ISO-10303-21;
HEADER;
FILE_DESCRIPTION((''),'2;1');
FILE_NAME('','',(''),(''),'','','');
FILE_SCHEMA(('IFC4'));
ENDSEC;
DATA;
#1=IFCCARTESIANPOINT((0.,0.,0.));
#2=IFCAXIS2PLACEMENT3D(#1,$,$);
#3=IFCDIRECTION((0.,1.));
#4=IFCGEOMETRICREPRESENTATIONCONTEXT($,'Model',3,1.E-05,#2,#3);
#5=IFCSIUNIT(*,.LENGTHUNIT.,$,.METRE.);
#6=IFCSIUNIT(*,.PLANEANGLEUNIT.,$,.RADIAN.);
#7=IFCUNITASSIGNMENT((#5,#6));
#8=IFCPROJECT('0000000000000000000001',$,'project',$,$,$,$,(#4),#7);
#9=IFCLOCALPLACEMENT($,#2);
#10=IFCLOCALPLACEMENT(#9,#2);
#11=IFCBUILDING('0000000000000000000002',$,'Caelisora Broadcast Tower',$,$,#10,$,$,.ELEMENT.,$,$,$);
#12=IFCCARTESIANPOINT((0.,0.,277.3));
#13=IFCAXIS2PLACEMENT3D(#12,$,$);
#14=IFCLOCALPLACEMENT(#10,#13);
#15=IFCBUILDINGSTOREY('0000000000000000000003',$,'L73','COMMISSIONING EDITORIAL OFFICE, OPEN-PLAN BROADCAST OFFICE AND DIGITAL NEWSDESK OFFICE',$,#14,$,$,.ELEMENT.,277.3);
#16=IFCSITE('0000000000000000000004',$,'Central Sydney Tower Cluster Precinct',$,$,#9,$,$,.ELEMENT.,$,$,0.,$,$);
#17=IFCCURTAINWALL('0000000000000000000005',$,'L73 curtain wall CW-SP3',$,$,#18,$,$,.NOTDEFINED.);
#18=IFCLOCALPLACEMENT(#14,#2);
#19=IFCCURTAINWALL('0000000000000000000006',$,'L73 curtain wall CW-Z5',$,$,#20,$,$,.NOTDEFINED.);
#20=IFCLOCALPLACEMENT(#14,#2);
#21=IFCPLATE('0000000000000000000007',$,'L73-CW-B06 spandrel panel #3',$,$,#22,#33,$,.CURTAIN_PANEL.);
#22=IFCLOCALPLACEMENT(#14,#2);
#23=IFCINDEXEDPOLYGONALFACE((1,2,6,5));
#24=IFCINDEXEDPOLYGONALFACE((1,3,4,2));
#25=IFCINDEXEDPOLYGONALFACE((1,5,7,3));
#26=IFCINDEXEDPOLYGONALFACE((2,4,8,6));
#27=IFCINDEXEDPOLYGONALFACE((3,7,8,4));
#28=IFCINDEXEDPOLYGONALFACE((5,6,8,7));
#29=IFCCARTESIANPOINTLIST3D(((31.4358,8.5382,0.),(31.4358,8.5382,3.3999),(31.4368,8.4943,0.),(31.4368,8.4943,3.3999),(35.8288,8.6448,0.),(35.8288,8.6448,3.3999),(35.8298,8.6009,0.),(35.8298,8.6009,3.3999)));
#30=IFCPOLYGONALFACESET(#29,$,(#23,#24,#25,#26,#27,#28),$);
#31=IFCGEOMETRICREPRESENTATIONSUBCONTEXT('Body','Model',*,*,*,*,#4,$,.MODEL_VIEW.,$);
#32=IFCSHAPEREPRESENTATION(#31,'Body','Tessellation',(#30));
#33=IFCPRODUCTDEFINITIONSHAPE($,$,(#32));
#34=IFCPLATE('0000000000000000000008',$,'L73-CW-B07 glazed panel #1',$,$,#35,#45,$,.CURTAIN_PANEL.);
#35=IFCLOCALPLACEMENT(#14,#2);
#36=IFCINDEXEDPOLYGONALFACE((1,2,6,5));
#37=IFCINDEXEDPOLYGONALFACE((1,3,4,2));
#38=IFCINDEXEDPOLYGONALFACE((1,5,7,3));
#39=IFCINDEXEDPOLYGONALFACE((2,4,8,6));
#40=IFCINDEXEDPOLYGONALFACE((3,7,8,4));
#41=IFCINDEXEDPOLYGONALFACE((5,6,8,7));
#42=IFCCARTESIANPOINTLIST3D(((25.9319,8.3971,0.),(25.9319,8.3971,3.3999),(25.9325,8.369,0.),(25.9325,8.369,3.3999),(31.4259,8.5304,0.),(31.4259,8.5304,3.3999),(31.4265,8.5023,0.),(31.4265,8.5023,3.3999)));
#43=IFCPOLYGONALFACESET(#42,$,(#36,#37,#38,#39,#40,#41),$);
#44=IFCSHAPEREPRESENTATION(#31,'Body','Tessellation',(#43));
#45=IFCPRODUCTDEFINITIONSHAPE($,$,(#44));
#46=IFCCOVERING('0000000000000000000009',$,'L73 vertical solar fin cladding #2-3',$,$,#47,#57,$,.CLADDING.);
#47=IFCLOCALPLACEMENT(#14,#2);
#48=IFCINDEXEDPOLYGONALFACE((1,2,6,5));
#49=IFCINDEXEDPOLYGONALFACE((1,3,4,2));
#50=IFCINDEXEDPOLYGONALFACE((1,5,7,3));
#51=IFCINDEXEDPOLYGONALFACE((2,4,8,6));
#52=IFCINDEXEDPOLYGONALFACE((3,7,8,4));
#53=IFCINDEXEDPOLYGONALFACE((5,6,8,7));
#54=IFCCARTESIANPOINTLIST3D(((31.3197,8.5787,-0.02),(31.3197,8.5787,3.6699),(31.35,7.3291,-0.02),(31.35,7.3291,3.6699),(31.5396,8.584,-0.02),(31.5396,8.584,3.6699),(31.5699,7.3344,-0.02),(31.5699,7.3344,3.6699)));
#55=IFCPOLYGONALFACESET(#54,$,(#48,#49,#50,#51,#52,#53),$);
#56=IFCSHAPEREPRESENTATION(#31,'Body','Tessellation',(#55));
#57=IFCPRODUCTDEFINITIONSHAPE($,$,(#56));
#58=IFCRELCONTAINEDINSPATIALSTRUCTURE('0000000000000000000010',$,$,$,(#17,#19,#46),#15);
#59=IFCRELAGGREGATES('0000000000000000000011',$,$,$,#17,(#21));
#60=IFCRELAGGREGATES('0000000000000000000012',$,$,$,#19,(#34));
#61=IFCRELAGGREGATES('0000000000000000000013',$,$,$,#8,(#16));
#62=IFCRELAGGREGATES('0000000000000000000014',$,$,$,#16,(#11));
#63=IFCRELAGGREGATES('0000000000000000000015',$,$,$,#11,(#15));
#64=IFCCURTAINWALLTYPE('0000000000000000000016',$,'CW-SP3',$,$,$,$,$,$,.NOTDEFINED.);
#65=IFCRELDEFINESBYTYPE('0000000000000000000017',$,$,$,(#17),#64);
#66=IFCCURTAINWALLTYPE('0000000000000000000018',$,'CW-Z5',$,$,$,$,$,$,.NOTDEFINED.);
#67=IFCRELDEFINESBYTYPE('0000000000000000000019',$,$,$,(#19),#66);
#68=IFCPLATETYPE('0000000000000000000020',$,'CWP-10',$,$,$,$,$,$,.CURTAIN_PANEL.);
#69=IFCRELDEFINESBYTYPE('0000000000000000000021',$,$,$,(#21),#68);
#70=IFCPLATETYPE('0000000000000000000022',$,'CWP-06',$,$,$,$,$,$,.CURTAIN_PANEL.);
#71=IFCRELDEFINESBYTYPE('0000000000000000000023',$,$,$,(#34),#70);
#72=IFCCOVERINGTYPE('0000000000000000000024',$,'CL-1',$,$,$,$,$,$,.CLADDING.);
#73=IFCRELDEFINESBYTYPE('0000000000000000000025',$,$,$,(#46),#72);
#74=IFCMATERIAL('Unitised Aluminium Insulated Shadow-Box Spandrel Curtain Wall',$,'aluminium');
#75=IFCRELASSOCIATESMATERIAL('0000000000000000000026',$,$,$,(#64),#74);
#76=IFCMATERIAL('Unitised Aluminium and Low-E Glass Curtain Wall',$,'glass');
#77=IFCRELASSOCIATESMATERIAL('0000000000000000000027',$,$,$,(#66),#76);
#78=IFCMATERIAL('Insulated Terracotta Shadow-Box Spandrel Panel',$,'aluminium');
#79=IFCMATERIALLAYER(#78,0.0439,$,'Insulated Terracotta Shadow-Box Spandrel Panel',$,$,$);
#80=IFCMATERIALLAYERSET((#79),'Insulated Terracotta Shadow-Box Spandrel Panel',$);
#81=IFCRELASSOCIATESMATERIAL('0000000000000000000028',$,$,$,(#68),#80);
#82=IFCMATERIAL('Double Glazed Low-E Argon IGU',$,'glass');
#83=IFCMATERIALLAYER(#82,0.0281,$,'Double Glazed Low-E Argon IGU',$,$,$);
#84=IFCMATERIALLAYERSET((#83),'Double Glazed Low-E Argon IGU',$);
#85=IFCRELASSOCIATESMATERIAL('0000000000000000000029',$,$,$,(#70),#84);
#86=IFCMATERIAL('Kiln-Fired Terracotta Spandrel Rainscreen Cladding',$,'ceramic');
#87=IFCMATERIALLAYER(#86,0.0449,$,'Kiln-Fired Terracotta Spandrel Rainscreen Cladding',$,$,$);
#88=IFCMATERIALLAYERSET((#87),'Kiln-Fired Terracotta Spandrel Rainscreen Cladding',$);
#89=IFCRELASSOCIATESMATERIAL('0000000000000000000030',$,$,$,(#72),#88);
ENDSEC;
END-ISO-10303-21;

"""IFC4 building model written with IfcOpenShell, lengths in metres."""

from ifc_helpers import new_model, si_unit, direction, frame, origin, origin_2d, place, context, subcontext, project, spatial, rectangle, extrude, source, transform, mapped, material, layer, layer_set, type_object, type_shapes, element, aggregate, save


model = new_model("IFC4")

# Units and contexts
model_context = context("Model", 3, precision=1e-05, world=origin(), true_north=direction((0.0, 1.0)))
body_context = subcontext(model_context, "Body", "Model", "MODEL_VIEW")
ifc_project = project(units=[si_unit("LENGTHUNIT", "METRE"), si_unit("PLANEANGLEUNIT", "RADIAN")], contexts=[model_context])

# Site, building, storey
site_placement = place(None, origin())
site = spatial("IfcSite", under=ifc_project, at=site_placement, Name="Central Sydney Tower Cluster Precinct", CompositionType="ELEMENT", RefElevation=0.0)
building_placement = place(site_placement, origin())
building = spatial("IfcBuilding", under=site, at=building_placement, Name="Caelisora Broadcast Tower", CompositionType="ELEMENT")
storey_placement = place(building_placement, frame((0.0, 0.0, 277.3)))
storey = spatial("IfcBuildingStorey", under=building, at=storey_placement, Name="L73", Description="COMMISSIONING EDITORIAL OFFICE, OPEN-PLAN BROADCAST OFFICE AND DIGITAL NEWSDESK OFFICE", CompositionType="ELEMENT", Elevation=277.3)

# Curtain walls
ifc_material_1 = material(Name="Unitised Aluminium Insulated Shadow-Box Spandrel Curtain Wall", Category="aluminium")
curtain_wall_type_1 = type_object("IfcCurtainWallType", Name="CW-SP3", PredefinedType="NOTDEFINED", material=ifc_material_1)
curtain_wall_1_placement = place(storey_placement, origin())
curtain_wall_1 = element("IfcCurtainWall", 1, at=curtain_wall_1_placement, inside=storey, type_object=curtain_wall_type_1, Name="L73 curtain wall CW-SP3", PredefinedType="NOTDEFINED")
ifc_material_2 = material(Name="Unitised Aluminium and Low-E Glass Curtain Wall", Category="glass")
curtain_wall_type_2 = type_object("IfcCurtainWallType", Name="CW-Z5", PredefinedType="NOTDEFINED", material=ifc_material_2)
curtain_wall_2_placement = place(storey_placement, origin())
curtain_wall_2 = element("IfcCurtainWall", 2, at=curtain_wall_2_placement, inside=storey, type_object=curtain_wall_type_2, Name="L73 curtain wall CW-Z5", PredefinedType="NOTDEFINED")

# Plates
ifc_material_3 = material(Name="Insulated Terracotta Shadow-Box Spandrel Panel", Category="aluminium")
ifc_layer_1 = layer(ifc_material_3, 0.0439, Name="Insulated Terracotta Shadow-Box Spandrel Panel")
ifc_layer_set_1 = layer_set([ifc_layer_1], Name="Insulated Terracotta Shadow-Box Spandrel Panel")
plate_type_1 = type_object("IfcPlateType", Name="CWP-10", PredefinedType="CURTAIN_PANEL", material=ifc_layer_set_1)
shared_shape_1 = source(origin(), body_context, "Body", "SweptSolid", [
    extrude(rectangle(XDim=4.3943, YDim=0.0439, at=origin_2d()), origin(), (0.0, 0.0, 1.0), 3.3999),
])
type_shapes(plate_type_1, [shared_shape_1])
plate_1_placement = place(storey_placement, frame((33.6328, 8.5696, 0.0), z_axis=(0.0, 0.0, 1.0), x_axis=(-0.999706, -0.024258, 0.0)))
plate_1 = element("IfcPlate", 3, at=plate_1_placement, type_object=plate_type_1, Name="L73-CW-B06 spandrel panel #3", PredefinedType="CURTAIN_PANEL", context=body_context, shape_type="MappedRepresentation", body=[
    mapped(shared_shape_1, transform((0.0, 0.0, 0.0), scale=1.0)),
])
aggregate(curtain_wall_1, [plate_1])
ifc_material_4 = material(Name="Double Glazed Low-E Argon IGU", Category="glass")
ifc_layer_2 = layer(ifc_material_4, 0.0281, Name="Double Glazed Low-E Argon IGU")
ifc_layer_set_2 = layer_set([ifc_layer_2], Name="Double Glazed Low-E Argon IGU")
plate_type_2 = type_object("IfcPlateType", Name="CWP-06", PredefinedType="CURTAIN_PANEL", material=ifc_layer_set_2)
shared_shape_2 = source(origin(), body_context, "Body", "SweptSolid", [
    extrude(rectangle(XDim=5.4956, YDim=0.0281, at=origin_2d()), origin(), (0.0, 0.0, 1.0), 3.3999),
])
type_shapes(plate_type_2, [shared_shape_2])
plate_2_placement = place(storey_placement, frame((28.6792, 8.4497, 0.0), z_axis=(0.0, 0.0, 1.0), x_axis=(-0.999706, -0.024258, 0.0)))
plate_2 = element("IfcPlate", 4, at=plate_2_placement, type_object=plate_type_2, Name="L73-CW-B07 glazed panel #1", PredefinedType="CURTAIN_PANEL", context=body_context, shape_type="MappedRepresentation", body=[
    mapped(shared_shape_2, transform((0.0, 0.0, 0.0), scale=1.0)),
])
aggregate(curtain_wall_2, [plate_2])

# Covering
ifc_material_5 = material(Name="Kiln-Fired Terracotta Spandrel Rainscreen Cladding", Category="ceramic")
ifc_layer_3 = layer(ifc_material_5, 0.0449, Name="Kiln-Fired Terracotta Spandrel Rainscreen Cladding")
ifc_layer_set_3 = layer_set([ifc_layer_3], Name="Kiln-Fired Terracotta Spandrel Rainscreen Cladding")
covering_type = type_object("IfcCoveringType", Name="CL-1", PredefinedType="CLADDING", material=ifc_layer_set_3)
shared_shape_3 = source(origin(), body_context, "Body", "SweptSolid", [
    extrude(rectangle(XDim=0.22, YDim=1.25, at=origin_2d()), origin(), (0.0, 0.0, 1.0), 3.6899),
])
type_shapes(covering_type, [shared_shape_3])
covering_placement = place(storey_placement, frame((31.4448, 7.9565, -0.02), z_axis=(0.0, 0.0, 1.0), x_axis=(-0.999706, -0.024258, 0.0)))
element("IfcCovering", 5, at=covering_placement, inside=storey, type_object=covering_type, Name="L73 vertical solar fin cladding #2-3", PredefinedType="CLADDING", context=body_context, shape_type="MappedRepresentation", body=[
    mapped(shared_shape_3, transform((0.0, 0.0, 0.0), scale=1.0)),
])

save(model, "model.ifc")
